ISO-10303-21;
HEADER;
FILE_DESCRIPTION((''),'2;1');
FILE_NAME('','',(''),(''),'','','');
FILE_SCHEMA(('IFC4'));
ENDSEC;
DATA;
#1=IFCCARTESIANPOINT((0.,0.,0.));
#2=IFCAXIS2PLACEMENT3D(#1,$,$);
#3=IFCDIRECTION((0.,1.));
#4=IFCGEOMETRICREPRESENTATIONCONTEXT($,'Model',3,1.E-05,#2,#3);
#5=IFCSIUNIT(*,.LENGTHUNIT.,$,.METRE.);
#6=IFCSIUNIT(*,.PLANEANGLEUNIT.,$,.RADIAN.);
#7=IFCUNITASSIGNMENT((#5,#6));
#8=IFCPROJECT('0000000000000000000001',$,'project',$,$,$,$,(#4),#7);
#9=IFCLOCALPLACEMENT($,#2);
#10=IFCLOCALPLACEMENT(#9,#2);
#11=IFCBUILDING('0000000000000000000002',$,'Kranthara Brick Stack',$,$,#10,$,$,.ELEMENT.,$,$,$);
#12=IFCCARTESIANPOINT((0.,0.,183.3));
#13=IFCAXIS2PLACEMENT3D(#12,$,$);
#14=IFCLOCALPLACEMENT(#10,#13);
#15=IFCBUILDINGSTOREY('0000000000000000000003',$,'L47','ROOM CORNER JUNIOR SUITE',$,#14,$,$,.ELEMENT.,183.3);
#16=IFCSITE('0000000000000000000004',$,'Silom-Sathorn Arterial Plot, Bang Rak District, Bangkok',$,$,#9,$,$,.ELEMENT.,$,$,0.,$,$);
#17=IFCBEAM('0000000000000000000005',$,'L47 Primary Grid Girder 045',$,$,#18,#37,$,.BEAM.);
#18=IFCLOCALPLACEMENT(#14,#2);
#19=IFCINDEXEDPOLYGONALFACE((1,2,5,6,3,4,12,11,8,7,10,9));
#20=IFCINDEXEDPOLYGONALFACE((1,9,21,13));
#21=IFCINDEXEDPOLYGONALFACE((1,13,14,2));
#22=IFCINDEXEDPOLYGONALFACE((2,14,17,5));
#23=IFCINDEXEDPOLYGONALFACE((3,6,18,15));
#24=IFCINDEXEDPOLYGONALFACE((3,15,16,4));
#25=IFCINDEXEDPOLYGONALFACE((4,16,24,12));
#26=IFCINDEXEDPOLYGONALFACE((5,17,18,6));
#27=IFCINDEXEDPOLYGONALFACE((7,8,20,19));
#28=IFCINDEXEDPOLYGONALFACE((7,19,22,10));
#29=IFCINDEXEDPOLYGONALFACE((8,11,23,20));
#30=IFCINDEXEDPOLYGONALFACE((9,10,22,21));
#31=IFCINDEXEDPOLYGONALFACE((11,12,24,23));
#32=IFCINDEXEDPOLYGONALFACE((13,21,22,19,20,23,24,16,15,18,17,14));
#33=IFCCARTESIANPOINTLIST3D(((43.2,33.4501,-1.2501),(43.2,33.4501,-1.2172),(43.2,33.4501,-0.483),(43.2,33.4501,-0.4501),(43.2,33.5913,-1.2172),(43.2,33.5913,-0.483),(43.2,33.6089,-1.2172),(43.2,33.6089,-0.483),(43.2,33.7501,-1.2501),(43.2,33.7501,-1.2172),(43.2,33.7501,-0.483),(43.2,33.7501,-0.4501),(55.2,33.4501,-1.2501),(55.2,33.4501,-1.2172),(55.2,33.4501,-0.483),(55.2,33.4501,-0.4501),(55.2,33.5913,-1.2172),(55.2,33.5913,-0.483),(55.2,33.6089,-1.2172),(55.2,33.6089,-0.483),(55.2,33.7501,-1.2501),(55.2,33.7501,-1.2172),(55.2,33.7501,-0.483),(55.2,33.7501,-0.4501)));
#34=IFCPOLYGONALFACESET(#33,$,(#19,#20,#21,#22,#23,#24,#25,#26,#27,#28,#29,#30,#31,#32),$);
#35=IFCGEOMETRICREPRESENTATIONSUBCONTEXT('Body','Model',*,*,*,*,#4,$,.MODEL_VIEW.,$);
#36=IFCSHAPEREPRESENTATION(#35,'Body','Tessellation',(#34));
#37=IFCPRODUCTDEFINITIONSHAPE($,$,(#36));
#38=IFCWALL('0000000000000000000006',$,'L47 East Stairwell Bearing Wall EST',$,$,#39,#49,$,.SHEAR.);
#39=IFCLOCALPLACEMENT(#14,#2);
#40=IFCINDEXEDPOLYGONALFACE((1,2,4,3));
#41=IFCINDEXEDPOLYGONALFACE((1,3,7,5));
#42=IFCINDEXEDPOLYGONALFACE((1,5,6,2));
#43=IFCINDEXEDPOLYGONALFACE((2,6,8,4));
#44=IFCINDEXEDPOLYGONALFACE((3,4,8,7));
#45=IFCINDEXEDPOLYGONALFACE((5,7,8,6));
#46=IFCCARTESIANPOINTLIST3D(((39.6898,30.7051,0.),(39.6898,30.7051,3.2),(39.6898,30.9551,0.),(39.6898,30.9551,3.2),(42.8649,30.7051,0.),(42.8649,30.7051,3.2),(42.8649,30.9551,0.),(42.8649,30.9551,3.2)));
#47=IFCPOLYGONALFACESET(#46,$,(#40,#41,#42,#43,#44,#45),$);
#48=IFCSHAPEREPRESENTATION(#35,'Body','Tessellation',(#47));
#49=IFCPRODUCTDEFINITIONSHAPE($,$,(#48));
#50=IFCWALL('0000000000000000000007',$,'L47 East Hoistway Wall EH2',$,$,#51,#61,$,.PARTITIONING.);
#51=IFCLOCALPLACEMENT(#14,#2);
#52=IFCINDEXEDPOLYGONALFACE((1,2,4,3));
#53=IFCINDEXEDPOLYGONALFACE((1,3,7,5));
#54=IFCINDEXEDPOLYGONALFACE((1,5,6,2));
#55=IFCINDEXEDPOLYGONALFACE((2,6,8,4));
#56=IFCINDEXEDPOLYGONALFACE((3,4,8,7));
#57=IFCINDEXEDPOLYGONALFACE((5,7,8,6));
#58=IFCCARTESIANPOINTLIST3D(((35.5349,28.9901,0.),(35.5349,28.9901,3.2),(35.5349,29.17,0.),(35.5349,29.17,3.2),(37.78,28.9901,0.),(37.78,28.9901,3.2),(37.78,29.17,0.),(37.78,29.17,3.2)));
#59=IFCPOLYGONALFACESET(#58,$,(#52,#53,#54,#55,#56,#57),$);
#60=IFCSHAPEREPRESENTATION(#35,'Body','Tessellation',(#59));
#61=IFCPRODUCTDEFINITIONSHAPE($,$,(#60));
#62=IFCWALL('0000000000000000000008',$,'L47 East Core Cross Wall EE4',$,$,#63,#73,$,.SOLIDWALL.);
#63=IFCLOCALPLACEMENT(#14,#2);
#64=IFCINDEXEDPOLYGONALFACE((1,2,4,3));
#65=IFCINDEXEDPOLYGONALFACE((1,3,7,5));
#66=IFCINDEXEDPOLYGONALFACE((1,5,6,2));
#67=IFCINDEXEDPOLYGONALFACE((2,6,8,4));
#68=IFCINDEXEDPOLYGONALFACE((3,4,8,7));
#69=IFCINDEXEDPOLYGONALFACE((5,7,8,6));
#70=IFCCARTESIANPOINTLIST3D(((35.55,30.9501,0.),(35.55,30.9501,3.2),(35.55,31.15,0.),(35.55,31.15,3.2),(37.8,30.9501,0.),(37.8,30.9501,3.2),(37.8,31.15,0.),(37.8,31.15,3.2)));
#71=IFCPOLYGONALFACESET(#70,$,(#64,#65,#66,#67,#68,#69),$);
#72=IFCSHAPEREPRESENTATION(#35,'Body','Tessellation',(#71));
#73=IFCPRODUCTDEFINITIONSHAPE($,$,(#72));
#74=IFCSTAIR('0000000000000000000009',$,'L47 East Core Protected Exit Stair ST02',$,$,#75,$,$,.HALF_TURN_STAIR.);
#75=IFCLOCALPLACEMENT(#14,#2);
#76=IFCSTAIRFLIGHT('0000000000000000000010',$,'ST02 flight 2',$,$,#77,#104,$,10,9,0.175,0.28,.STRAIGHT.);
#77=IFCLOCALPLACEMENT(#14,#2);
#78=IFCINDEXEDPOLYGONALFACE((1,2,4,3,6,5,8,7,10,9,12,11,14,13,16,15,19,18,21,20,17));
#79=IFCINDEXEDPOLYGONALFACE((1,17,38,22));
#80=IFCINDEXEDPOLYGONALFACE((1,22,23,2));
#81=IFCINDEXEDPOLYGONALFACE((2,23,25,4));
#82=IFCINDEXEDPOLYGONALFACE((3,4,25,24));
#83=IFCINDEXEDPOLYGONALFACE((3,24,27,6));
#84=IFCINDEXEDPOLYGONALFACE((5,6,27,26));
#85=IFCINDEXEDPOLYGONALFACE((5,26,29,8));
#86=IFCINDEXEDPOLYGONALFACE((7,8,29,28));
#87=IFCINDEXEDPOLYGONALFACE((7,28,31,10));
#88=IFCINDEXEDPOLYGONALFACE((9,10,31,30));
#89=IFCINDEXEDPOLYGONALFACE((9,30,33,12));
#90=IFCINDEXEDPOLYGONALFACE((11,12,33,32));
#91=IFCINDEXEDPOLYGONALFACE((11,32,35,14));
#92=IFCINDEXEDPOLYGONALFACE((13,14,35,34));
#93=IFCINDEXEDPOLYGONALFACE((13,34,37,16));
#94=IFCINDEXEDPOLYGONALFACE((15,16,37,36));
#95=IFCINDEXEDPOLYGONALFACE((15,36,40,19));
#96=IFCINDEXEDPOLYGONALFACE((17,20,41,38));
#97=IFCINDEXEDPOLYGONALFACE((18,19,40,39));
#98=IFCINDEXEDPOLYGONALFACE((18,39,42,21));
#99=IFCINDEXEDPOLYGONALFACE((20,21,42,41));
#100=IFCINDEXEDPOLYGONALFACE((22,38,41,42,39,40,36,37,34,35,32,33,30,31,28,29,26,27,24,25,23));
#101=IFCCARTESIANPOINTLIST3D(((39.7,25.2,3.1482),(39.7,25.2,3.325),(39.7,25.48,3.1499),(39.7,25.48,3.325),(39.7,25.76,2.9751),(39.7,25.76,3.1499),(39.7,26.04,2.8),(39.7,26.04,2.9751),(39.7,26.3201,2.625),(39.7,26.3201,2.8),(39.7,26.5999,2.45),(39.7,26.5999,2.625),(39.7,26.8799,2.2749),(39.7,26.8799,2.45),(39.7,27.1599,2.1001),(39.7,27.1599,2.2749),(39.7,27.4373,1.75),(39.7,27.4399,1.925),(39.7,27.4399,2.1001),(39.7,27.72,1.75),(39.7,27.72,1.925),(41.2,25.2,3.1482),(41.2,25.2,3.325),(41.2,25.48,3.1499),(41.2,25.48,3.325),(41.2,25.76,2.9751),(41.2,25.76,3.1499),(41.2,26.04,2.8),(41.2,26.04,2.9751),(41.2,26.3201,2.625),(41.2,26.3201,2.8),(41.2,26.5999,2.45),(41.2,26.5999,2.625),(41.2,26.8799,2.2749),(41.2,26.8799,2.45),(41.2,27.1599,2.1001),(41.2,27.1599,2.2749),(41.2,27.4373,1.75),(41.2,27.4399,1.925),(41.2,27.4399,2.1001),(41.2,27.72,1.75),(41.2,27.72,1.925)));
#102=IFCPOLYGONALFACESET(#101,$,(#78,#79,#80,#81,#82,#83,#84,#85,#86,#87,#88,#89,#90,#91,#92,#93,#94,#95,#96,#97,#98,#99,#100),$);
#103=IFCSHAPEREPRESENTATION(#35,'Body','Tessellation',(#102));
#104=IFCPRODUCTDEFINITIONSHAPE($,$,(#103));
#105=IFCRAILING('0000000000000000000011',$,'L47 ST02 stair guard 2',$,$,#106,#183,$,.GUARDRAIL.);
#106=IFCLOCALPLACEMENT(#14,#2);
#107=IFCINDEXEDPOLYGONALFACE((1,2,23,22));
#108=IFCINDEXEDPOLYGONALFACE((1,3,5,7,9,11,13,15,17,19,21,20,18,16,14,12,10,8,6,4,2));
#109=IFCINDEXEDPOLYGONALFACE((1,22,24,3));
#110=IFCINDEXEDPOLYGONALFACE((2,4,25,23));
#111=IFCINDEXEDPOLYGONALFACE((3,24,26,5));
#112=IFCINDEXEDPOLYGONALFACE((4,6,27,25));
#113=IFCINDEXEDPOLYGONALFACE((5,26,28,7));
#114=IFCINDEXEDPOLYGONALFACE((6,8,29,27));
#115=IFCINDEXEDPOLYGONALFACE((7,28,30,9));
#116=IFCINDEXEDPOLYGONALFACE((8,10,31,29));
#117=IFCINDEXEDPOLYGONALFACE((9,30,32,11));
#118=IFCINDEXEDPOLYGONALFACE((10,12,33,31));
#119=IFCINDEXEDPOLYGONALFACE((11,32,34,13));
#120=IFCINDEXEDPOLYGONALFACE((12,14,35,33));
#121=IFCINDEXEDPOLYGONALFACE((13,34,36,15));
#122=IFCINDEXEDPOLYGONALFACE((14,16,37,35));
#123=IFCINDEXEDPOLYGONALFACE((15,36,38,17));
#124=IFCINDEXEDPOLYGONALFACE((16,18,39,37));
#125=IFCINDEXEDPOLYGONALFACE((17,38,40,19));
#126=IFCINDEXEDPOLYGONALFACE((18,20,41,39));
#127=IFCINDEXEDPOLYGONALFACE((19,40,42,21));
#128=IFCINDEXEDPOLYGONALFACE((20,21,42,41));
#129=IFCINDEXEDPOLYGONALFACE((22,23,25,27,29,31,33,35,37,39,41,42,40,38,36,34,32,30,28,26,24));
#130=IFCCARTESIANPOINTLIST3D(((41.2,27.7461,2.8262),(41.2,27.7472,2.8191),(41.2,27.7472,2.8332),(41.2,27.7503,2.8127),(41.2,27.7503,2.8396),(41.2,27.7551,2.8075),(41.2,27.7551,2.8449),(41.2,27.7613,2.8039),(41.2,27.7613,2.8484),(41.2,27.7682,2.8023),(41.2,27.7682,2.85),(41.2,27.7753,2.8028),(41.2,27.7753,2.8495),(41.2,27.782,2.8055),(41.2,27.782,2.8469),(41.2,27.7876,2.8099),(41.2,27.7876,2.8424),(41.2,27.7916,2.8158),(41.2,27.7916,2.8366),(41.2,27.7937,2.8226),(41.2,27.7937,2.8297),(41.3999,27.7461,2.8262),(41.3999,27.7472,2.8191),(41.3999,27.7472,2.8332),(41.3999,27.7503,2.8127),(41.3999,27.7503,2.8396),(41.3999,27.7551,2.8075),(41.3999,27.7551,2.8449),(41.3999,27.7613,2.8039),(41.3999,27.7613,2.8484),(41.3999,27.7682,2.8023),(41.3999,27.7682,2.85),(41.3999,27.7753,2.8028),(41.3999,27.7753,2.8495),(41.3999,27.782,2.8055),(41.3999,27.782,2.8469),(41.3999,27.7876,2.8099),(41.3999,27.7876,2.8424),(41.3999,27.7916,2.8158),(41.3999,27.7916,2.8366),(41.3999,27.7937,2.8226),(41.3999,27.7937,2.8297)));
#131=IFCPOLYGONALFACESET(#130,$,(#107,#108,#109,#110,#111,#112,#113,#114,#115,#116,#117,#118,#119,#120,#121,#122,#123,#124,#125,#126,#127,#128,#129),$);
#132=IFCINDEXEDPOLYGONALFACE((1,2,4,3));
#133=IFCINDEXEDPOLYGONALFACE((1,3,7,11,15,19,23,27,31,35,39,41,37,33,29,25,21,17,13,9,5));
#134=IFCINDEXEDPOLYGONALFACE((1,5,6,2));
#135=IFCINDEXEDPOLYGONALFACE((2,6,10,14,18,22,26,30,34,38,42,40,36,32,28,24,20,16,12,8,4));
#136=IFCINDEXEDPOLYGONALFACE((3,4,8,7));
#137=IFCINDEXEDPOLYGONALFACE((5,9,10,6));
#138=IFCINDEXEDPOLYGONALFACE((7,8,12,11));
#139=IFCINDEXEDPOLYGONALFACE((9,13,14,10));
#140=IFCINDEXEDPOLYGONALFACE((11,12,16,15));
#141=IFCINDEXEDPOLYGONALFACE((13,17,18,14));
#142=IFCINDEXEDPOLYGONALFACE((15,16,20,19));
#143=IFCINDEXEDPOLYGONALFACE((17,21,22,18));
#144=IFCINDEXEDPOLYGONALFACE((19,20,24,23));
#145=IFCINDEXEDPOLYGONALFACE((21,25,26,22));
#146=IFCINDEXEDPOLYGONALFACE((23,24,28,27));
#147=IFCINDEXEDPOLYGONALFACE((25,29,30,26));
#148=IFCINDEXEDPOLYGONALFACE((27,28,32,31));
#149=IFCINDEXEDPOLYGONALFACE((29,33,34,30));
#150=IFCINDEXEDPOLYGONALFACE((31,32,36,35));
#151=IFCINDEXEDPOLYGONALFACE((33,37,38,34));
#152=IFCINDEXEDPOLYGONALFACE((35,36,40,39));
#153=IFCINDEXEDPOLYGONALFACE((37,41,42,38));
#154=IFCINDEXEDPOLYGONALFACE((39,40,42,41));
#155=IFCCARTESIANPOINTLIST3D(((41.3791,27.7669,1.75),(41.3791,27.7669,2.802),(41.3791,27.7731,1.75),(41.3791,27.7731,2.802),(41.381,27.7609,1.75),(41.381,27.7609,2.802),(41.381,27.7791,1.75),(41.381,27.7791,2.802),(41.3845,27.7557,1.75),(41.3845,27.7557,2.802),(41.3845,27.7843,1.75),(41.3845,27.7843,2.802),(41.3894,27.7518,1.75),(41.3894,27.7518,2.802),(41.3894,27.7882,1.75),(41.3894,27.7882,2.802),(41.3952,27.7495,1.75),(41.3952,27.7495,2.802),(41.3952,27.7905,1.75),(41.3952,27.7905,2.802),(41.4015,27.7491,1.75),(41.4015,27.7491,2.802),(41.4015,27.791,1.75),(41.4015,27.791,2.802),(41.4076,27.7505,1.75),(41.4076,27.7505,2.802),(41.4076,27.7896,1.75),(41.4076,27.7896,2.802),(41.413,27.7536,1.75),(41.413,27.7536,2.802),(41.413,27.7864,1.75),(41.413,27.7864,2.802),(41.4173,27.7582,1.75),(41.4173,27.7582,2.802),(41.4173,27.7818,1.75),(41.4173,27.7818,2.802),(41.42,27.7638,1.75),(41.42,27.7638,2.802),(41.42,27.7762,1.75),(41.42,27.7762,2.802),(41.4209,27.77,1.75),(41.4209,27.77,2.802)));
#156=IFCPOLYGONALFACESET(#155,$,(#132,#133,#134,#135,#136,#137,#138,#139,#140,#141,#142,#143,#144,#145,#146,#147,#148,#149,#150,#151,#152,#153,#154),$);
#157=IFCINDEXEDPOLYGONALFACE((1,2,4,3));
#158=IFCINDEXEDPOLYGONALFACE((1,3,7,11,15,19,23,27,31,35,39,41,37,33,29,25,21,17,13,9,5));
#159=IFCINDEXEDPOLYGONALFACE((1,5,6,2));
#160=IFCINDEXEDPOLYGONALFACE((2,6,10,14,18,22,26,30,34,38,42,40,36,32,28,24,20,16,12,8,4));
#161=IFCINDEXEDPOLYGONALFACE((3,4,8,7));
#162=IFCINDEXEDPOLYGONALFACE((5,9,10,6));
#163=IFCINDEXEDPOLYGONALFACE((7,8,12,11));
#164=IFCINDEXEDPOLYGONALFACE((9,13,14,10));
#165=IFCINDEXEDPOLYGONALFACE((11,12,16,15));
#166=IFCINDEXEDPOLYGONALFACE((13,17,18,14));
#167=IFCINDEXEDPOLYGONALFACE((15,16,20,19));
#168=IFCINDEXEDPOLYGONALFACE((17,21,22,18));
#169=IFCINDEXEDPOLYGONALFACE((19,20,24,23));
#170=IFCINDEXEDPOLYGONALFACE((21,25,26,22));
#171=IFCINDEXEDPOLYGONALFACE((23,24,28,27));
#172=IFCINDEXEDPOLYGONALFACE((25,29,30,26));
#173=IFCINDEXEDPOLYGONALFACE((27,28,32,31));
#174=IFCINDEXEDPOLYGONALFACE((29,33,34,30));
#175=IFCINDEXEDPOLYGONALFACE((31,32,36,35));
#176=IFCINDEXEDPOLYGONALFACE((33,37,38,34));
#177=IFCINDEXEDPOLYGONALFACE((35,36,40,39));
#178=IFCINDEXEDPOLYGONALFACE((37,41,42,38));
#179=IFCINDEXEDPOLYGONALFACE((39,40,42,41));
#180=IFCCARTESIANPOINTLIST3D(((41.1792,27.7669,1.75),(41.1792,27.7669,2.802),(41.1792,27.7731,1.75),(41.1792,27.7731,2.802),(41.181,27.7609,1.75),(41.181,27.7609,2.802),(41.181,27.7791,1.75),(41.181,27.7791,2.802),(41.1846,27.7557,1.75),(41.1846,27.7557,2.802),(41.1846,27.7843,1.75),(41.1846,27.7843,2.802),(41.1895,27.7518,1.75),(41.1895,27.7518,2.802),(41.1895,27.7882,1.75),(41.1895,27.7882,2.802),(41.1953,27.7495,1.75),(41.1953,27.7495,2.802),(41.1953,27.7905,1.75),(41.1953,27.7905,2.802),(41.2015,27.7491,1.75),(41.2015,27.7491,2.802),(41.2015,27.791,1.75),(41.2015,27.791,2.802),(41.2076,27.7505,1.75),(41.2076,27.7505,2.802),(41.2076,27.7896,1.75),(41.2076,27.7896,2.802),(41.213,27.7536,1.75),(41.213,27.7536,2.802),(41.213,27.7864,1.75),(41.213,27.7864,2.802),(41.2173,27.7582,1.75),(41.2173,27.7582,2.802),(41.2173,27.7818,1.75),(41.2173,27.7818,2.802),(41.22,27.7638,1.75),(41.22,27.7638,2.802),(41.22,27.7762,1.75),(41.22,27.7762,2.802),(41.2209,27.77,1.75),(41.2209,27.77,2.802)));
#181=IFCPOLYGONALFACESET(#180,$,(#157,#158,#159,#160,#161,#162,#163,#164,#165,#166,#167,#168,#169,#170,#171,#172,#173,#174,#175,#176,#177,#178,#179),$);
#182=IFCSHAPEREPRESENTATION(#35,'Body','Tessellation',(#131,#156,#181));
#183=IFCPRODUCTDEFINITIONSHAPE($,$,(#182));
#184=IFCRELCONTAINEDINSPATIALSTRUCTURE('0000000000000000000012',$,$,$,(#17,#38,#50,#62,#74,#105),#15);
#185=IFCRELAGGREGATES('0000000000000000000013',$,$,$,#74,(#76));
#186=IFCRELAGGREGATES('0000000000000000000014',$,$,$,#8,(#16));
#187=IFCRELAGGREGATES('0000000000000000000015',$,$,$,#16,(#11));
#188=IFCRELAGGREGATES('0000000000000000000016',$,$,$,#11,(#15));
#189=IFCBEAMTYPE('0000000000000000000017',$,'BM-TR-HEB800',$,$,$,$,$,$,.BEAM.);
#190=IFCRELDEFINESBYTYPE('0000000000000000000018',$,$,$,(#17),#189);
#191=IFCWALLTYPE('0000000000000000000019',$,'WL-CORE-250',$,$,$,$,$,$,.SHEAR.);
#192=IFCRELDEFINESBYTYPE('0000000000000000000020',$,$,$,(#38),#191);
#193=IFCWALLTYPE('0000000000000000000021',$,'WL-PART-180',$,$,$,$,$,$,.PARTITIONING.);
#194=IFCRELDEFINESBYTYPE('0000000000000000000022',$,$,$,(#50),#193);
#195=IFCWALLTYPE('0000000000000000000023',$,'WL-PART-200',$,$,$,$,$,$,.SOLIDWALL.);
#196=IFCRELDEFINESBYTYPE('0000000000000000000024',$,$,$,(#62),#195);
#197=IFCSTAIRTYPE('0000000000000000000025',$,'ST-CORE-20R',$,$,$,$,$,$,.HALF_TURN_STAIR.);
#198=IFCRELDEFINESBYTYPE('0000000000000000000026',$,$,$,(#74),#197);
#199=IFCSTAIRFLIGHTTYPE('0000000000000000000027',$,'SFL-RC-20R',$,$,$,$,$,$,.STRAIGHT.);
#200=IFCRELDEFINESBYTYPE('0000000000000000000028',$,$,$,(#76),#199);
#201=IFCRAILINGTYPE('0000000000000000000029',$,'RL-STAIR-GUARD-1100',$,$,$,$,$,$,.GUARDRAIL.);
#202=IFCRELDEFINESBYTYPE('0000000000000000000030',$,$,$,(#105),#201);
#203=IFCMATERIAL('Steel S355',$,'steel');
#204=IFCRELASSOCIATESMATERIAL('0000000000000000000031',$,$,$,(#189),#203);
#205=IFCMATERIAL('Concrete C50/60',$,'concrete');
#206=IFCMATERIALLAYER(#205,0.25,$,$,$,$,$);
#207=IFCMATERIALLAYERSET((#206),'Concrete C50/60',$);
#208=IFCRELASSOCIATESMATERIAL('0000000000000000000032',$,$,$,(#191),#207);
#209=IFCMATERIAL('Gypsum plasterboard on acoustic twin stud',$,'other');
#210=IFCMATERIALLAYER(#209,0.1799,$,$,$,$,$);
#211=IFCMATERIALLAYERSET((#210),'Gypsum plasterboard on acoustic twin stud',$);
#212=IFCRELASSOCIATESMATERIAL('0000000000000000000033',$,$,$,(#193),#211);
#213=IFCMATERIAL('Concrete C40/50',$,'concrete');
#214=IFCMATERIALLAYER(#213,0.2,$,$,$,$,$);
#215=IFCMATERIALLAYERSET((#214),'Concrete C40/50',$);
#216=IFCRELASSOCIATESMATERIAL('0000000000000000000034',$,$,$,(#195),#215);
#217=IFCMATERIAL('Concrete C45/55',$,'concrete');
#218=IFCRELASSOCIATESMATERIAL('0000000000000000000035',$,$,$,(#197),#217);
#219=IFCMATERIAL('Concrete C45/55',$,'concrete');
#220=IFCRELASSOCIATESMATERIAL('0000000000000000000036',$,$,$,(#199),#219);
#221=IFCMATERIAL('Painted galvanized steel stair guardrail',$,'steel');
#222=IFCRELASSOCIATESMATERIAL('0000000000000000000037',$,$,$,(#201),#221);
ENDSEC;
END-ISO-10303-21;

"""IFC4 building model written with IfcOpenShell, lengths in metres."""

from ifc_helpers import new_model, si_unit, direction, frame, frame_2d, origin, origin_2d, place, context, subcontext, project, spatial, polyline, rectangle, circle, i_section, outline, extrude, material, layer, layer_set, material_profile, profile_set, type_object, element, aggregate, save


model = new_model("IFC4")

# Units and contexts
model_context = context("Model", 3, precision=1e-05, world=origin(), true_north=direction((0.0, 1.0)))
body_context = subcontext(model_context, "Body", "Model", "MODEL_VIEW")
ifc_project = project(units=[si_unit("LENGTHUNIT", "METRE"), si_unit("PLANEANGLEUNIT", "RADIAN")], contexts=[model_context])

# Site, building, storey
site_placement = place(None, origin())
site = spatial("IfcSite", under=ifc_project, at=site_placement, Name="Silom-Sathorn Arterial Plot, Bang Rak District, Bangkok", CompositionType="ELEMENT", RefElevation=0.0)
building_placement = place(site_placement, origin())
building = spatial("IfcBuilding", under=site, at=building_placement, Name="Kranthara Brick Stack", CompositionType="ELEMENT")
storey_placement = place(building_placement, frame((0.0, 0.0, 183.3)))
storey = spatial("IfcBuildingStorey", under=building, at=storey_placement, Name="L47", Description="ROOM CORNER JUNIOR SUITE", CompositionType="ELEMENT", Elevation=183.3)

# Beam
ifc_material_1 = material(Name="Steel S355", Category="steel")
ifc_material_profile_1 = material_profile(ifc_material_1, i_section(OverallWidth=0.3, OverallDepth=0.8, WebThickness=0.0176, FlangeThickness=0.033, at=origin_2d()), Name="HEB 800")
ifc_profile_set_1 = profile_set([ifc_material_profile_1], Name="Steel S355")
beam_type_1 = type_object("IfcBeamType", Name="BM-TR-HEB800", PredefinedType="BEAM", material=ifc_profile_set_1)
beam_placement = place(storey_placement, frame((43.2, 33.6001, -0.8501), z_axis=(1.0, 0.0, 0.0), x_axis=(0.0, 1.0, 0.0)))
element("IfcBeam", 1, at=beam_placement, inside=storey, type_object=beam_type_1, Name="L47 Primary Grid Girder 045", PredefinedType="BEAM", context=body_context, shape_type="SweptSolid", body=[
    extrude(i_section(OverallWidth=0.3, OverallDepth=0.8, WebThickness=0.0176, FlangeThickness=0.033, at=origin_2d()), origin(), (0.0, 0.0, 1.0), 12.0),
])

# Wall
ifc_material_2 = material(Name="Concrete C50/60", Category="concrete")
ifc_layer_1 = layer(ifc_material_2, 0.25)
ifc_layer_set_1 = layer_set([ifc_layer_1], Name="Concrete C50/60")
wall_type_1 = type_object("IfcWallType", Name="WL-CORE-250", PredefinedType="SHEAR", material=ifc_layer_set_1)
wall_1_placement = place(storey_placement, frame((39.6899, 30.8301, 0.0), z_axis=(0.0, 0.0, 1.0), x_axis=(1.0, 0.0, 0.0)))
element("IfcWall", 2, at=wall_1_placement, inside=storey, type_object=wall_type_1, Name="L47 East Stairwell Bearing Wall EST", PredefinedType="SHEAR", context=body_context, shape_type="SweptSolid", body=[
    extrude(rectangle(XDim=3.175, YDim=0.25, at=frame_2d((1.5874, 0.0))), origin(), (0.0, 0.0, 1.0), 3.2),
])

# Walls
ifc_material_3 = material(Name="Gypsum plasterboard on acoustic twin stud", Category="other")
ifc_layer_2 = layer(ifc_material_3, 0.1799)
ifc_layer_set_2 = layer_set([ifc_layer_2], Name="Gypsum plasterboard on acoustic twin stud")
wall_type_2 = type_object("IfcWallType", Name="WL-PART-180", PredefinedType="PARTITIONING", material=ifc_layer_set_2)
wall_2_placement = place(storey_placement, frame((35.5349, 29.0801, 0.0), z_axis=(0.0, 0.0, 1.0), x_axis=(1.0, 0.0, 0.0)))
element("IfcWall", 3, at=wall_2_placement, inside=storey, type_object=wall_type_2, Name="L47 East Hoistway Wall EH2", PredefinedType="PARTITIONING", context=body_context, shape_type="SweptSolid", body=[
    extrude(rectangle(XDim=2.2451, YDim=0.1799, at=frame_2d((1.1226, 0.0))), origin(), (0.0, 0.0, 1.0), 3.2),
])
ifc_material_4 = material(Name="Concrete C40/50", Category="concrete")
ifc_layer_3 = layer(ifc_material_4, 0.2)
ifc_layer_set_3 = layer_set([ifc_layer_3], Name="Concrete C40/50")
wall_type_3 = type_object("IfcWallType", Name="WL-PART-200", PredefinedType="SOLIDWALL", material=ifc_layer_set_3)
wall_3_placement = place(storey_placement, frame((35.55, 31.05, 0.0), z_axis=(0.0, 0.0, 1.0), x_axis=(1.0, 0.0, 0.0)))
element("IfcWall", 4, at=wall_3_placement, inside=storey, type_object=wall_type_3, Name="L47 East Core Cross Wall EE4", PredefinedType="SOLIDWALL", context=body_context, shape_type="SweptSolid", body=[
    extrude(rectangle(XDim=2.25, YDim=0.2, at=frame_2d((1.125, 0.0))), origin(), (0.0, 0.0, 1.0), 3.2),
])

# Stair, stair flight
ifc_material_5 = material(Name="Concrete C45/55", Category="concrete")
stair_type = type_object("IfcStairType", Name="ST-CORE-20R", PredefinedType="HALF_TURN_STAIR", material=ifc_material_5)
stair_placement = place(storey_placement, origin())
stair = element("IfcStair", 5, at=stair_placement, inside=storey, type_object=stair_type, Name="L47 East Core Protected Exit Stair ST02", PredefinedType="HALF_TURN_STAIR")
ifc_material_6 = material(Name="Concrete C45/55", Category="concrete")
stair_flight_type = type_object("IfcStairFlightType", Name="SFL-RC-20R", PredefinedType="STRAIGHT", material=ifc_material_6)
stair_flight_placement = place(storey_placement, frame((40.45, 27.72, 1.75), z_axis=(0.0, 0.0, 1.0), x_axis=(0.0, -1.0, 0.0)))
stair_flight = element("IfcStairFlight", 6, at=stair_flight_placement, type_object=stair_flight_type, Name="ST02 flight 2", NumberOfRisers=10, NumberOfTreads=9, PredefinedType="STRAIGHT", RiserHeight=0.175, TreadLength=0.28, context=body_context, shape_type="SweptSolid", body=[
    extrude(outline(polyline([(0.0, 0.0), (0.0, 0.175), (0.28, 0.175), (0.28, 0.3501), (0.5601, 0.3501), (0.5601, 0.5249), (0.8401, 0.5249), (0.8401, 0.7), (1.1201, 0.7), (1.1201, 0.875), (1.3999, 0.875), (1.3999, 1.05), (1.6799, 1.05), (1.6799, 1.2251), (1.96, 1.2251), (1.96, 1.3999), (2.24, 1.3999), (2.24, 1.575), (2.52, 1.575), (2.52, 1.75), (2.52, 1.3982), (0.2827, 0.0), (0.0, 0.0)])), frame((0.0, 0.75, 0.0), z_axis=(0.0, -1.0, 0.0), x_axis=(1.0, 0.0, 0.0)), (0.0, 0.0, 1.0), 1.5),
])
aggregate(stair, [stair_flight])

# Railing
ifc_material_7 = material(Name="Painted galvanized steel stair guardrail", Category="steel")
railing_type_1 = type_object("IfcRailingType", Name="RL-STAIR-GUARD-1100", PredefinedType="GUARDRAIL", material=ifc_material_7)
railing_1_placement = place(storey_placement, frame((41.3999, 27.77, 1.75)))
element("IfcRailing", 7, at=railing_1_placement, inside=storey, type_object=railing_type_1, Name="L47 ST02 stair guard 2", PredefinedType="GUARDRAIL", context=body_context, shape_type="SweptSolid", body=[
    extrude(circle(Radius=0.0239, at=origin_2d()), frame((0.0, 0.0, 1.0762), z_axis=(-1.0, 0.0, 0.0), x_axis=(0.0, -1.0, 0.0)), (0.0, 0.0, 1.0), 0.2),
    extrude(circle(Radius=0.021, at=origin_2d()), origin(), (0.0, 0.0, 1.0), 1.052),
    extrude(circle(Radius=0.021, at=origin_2d()), frame((-0.2, 0.0, 0.0)), (0.0, 0.0, 1.0), 1.052),
])

save(model, "model.ifc")
